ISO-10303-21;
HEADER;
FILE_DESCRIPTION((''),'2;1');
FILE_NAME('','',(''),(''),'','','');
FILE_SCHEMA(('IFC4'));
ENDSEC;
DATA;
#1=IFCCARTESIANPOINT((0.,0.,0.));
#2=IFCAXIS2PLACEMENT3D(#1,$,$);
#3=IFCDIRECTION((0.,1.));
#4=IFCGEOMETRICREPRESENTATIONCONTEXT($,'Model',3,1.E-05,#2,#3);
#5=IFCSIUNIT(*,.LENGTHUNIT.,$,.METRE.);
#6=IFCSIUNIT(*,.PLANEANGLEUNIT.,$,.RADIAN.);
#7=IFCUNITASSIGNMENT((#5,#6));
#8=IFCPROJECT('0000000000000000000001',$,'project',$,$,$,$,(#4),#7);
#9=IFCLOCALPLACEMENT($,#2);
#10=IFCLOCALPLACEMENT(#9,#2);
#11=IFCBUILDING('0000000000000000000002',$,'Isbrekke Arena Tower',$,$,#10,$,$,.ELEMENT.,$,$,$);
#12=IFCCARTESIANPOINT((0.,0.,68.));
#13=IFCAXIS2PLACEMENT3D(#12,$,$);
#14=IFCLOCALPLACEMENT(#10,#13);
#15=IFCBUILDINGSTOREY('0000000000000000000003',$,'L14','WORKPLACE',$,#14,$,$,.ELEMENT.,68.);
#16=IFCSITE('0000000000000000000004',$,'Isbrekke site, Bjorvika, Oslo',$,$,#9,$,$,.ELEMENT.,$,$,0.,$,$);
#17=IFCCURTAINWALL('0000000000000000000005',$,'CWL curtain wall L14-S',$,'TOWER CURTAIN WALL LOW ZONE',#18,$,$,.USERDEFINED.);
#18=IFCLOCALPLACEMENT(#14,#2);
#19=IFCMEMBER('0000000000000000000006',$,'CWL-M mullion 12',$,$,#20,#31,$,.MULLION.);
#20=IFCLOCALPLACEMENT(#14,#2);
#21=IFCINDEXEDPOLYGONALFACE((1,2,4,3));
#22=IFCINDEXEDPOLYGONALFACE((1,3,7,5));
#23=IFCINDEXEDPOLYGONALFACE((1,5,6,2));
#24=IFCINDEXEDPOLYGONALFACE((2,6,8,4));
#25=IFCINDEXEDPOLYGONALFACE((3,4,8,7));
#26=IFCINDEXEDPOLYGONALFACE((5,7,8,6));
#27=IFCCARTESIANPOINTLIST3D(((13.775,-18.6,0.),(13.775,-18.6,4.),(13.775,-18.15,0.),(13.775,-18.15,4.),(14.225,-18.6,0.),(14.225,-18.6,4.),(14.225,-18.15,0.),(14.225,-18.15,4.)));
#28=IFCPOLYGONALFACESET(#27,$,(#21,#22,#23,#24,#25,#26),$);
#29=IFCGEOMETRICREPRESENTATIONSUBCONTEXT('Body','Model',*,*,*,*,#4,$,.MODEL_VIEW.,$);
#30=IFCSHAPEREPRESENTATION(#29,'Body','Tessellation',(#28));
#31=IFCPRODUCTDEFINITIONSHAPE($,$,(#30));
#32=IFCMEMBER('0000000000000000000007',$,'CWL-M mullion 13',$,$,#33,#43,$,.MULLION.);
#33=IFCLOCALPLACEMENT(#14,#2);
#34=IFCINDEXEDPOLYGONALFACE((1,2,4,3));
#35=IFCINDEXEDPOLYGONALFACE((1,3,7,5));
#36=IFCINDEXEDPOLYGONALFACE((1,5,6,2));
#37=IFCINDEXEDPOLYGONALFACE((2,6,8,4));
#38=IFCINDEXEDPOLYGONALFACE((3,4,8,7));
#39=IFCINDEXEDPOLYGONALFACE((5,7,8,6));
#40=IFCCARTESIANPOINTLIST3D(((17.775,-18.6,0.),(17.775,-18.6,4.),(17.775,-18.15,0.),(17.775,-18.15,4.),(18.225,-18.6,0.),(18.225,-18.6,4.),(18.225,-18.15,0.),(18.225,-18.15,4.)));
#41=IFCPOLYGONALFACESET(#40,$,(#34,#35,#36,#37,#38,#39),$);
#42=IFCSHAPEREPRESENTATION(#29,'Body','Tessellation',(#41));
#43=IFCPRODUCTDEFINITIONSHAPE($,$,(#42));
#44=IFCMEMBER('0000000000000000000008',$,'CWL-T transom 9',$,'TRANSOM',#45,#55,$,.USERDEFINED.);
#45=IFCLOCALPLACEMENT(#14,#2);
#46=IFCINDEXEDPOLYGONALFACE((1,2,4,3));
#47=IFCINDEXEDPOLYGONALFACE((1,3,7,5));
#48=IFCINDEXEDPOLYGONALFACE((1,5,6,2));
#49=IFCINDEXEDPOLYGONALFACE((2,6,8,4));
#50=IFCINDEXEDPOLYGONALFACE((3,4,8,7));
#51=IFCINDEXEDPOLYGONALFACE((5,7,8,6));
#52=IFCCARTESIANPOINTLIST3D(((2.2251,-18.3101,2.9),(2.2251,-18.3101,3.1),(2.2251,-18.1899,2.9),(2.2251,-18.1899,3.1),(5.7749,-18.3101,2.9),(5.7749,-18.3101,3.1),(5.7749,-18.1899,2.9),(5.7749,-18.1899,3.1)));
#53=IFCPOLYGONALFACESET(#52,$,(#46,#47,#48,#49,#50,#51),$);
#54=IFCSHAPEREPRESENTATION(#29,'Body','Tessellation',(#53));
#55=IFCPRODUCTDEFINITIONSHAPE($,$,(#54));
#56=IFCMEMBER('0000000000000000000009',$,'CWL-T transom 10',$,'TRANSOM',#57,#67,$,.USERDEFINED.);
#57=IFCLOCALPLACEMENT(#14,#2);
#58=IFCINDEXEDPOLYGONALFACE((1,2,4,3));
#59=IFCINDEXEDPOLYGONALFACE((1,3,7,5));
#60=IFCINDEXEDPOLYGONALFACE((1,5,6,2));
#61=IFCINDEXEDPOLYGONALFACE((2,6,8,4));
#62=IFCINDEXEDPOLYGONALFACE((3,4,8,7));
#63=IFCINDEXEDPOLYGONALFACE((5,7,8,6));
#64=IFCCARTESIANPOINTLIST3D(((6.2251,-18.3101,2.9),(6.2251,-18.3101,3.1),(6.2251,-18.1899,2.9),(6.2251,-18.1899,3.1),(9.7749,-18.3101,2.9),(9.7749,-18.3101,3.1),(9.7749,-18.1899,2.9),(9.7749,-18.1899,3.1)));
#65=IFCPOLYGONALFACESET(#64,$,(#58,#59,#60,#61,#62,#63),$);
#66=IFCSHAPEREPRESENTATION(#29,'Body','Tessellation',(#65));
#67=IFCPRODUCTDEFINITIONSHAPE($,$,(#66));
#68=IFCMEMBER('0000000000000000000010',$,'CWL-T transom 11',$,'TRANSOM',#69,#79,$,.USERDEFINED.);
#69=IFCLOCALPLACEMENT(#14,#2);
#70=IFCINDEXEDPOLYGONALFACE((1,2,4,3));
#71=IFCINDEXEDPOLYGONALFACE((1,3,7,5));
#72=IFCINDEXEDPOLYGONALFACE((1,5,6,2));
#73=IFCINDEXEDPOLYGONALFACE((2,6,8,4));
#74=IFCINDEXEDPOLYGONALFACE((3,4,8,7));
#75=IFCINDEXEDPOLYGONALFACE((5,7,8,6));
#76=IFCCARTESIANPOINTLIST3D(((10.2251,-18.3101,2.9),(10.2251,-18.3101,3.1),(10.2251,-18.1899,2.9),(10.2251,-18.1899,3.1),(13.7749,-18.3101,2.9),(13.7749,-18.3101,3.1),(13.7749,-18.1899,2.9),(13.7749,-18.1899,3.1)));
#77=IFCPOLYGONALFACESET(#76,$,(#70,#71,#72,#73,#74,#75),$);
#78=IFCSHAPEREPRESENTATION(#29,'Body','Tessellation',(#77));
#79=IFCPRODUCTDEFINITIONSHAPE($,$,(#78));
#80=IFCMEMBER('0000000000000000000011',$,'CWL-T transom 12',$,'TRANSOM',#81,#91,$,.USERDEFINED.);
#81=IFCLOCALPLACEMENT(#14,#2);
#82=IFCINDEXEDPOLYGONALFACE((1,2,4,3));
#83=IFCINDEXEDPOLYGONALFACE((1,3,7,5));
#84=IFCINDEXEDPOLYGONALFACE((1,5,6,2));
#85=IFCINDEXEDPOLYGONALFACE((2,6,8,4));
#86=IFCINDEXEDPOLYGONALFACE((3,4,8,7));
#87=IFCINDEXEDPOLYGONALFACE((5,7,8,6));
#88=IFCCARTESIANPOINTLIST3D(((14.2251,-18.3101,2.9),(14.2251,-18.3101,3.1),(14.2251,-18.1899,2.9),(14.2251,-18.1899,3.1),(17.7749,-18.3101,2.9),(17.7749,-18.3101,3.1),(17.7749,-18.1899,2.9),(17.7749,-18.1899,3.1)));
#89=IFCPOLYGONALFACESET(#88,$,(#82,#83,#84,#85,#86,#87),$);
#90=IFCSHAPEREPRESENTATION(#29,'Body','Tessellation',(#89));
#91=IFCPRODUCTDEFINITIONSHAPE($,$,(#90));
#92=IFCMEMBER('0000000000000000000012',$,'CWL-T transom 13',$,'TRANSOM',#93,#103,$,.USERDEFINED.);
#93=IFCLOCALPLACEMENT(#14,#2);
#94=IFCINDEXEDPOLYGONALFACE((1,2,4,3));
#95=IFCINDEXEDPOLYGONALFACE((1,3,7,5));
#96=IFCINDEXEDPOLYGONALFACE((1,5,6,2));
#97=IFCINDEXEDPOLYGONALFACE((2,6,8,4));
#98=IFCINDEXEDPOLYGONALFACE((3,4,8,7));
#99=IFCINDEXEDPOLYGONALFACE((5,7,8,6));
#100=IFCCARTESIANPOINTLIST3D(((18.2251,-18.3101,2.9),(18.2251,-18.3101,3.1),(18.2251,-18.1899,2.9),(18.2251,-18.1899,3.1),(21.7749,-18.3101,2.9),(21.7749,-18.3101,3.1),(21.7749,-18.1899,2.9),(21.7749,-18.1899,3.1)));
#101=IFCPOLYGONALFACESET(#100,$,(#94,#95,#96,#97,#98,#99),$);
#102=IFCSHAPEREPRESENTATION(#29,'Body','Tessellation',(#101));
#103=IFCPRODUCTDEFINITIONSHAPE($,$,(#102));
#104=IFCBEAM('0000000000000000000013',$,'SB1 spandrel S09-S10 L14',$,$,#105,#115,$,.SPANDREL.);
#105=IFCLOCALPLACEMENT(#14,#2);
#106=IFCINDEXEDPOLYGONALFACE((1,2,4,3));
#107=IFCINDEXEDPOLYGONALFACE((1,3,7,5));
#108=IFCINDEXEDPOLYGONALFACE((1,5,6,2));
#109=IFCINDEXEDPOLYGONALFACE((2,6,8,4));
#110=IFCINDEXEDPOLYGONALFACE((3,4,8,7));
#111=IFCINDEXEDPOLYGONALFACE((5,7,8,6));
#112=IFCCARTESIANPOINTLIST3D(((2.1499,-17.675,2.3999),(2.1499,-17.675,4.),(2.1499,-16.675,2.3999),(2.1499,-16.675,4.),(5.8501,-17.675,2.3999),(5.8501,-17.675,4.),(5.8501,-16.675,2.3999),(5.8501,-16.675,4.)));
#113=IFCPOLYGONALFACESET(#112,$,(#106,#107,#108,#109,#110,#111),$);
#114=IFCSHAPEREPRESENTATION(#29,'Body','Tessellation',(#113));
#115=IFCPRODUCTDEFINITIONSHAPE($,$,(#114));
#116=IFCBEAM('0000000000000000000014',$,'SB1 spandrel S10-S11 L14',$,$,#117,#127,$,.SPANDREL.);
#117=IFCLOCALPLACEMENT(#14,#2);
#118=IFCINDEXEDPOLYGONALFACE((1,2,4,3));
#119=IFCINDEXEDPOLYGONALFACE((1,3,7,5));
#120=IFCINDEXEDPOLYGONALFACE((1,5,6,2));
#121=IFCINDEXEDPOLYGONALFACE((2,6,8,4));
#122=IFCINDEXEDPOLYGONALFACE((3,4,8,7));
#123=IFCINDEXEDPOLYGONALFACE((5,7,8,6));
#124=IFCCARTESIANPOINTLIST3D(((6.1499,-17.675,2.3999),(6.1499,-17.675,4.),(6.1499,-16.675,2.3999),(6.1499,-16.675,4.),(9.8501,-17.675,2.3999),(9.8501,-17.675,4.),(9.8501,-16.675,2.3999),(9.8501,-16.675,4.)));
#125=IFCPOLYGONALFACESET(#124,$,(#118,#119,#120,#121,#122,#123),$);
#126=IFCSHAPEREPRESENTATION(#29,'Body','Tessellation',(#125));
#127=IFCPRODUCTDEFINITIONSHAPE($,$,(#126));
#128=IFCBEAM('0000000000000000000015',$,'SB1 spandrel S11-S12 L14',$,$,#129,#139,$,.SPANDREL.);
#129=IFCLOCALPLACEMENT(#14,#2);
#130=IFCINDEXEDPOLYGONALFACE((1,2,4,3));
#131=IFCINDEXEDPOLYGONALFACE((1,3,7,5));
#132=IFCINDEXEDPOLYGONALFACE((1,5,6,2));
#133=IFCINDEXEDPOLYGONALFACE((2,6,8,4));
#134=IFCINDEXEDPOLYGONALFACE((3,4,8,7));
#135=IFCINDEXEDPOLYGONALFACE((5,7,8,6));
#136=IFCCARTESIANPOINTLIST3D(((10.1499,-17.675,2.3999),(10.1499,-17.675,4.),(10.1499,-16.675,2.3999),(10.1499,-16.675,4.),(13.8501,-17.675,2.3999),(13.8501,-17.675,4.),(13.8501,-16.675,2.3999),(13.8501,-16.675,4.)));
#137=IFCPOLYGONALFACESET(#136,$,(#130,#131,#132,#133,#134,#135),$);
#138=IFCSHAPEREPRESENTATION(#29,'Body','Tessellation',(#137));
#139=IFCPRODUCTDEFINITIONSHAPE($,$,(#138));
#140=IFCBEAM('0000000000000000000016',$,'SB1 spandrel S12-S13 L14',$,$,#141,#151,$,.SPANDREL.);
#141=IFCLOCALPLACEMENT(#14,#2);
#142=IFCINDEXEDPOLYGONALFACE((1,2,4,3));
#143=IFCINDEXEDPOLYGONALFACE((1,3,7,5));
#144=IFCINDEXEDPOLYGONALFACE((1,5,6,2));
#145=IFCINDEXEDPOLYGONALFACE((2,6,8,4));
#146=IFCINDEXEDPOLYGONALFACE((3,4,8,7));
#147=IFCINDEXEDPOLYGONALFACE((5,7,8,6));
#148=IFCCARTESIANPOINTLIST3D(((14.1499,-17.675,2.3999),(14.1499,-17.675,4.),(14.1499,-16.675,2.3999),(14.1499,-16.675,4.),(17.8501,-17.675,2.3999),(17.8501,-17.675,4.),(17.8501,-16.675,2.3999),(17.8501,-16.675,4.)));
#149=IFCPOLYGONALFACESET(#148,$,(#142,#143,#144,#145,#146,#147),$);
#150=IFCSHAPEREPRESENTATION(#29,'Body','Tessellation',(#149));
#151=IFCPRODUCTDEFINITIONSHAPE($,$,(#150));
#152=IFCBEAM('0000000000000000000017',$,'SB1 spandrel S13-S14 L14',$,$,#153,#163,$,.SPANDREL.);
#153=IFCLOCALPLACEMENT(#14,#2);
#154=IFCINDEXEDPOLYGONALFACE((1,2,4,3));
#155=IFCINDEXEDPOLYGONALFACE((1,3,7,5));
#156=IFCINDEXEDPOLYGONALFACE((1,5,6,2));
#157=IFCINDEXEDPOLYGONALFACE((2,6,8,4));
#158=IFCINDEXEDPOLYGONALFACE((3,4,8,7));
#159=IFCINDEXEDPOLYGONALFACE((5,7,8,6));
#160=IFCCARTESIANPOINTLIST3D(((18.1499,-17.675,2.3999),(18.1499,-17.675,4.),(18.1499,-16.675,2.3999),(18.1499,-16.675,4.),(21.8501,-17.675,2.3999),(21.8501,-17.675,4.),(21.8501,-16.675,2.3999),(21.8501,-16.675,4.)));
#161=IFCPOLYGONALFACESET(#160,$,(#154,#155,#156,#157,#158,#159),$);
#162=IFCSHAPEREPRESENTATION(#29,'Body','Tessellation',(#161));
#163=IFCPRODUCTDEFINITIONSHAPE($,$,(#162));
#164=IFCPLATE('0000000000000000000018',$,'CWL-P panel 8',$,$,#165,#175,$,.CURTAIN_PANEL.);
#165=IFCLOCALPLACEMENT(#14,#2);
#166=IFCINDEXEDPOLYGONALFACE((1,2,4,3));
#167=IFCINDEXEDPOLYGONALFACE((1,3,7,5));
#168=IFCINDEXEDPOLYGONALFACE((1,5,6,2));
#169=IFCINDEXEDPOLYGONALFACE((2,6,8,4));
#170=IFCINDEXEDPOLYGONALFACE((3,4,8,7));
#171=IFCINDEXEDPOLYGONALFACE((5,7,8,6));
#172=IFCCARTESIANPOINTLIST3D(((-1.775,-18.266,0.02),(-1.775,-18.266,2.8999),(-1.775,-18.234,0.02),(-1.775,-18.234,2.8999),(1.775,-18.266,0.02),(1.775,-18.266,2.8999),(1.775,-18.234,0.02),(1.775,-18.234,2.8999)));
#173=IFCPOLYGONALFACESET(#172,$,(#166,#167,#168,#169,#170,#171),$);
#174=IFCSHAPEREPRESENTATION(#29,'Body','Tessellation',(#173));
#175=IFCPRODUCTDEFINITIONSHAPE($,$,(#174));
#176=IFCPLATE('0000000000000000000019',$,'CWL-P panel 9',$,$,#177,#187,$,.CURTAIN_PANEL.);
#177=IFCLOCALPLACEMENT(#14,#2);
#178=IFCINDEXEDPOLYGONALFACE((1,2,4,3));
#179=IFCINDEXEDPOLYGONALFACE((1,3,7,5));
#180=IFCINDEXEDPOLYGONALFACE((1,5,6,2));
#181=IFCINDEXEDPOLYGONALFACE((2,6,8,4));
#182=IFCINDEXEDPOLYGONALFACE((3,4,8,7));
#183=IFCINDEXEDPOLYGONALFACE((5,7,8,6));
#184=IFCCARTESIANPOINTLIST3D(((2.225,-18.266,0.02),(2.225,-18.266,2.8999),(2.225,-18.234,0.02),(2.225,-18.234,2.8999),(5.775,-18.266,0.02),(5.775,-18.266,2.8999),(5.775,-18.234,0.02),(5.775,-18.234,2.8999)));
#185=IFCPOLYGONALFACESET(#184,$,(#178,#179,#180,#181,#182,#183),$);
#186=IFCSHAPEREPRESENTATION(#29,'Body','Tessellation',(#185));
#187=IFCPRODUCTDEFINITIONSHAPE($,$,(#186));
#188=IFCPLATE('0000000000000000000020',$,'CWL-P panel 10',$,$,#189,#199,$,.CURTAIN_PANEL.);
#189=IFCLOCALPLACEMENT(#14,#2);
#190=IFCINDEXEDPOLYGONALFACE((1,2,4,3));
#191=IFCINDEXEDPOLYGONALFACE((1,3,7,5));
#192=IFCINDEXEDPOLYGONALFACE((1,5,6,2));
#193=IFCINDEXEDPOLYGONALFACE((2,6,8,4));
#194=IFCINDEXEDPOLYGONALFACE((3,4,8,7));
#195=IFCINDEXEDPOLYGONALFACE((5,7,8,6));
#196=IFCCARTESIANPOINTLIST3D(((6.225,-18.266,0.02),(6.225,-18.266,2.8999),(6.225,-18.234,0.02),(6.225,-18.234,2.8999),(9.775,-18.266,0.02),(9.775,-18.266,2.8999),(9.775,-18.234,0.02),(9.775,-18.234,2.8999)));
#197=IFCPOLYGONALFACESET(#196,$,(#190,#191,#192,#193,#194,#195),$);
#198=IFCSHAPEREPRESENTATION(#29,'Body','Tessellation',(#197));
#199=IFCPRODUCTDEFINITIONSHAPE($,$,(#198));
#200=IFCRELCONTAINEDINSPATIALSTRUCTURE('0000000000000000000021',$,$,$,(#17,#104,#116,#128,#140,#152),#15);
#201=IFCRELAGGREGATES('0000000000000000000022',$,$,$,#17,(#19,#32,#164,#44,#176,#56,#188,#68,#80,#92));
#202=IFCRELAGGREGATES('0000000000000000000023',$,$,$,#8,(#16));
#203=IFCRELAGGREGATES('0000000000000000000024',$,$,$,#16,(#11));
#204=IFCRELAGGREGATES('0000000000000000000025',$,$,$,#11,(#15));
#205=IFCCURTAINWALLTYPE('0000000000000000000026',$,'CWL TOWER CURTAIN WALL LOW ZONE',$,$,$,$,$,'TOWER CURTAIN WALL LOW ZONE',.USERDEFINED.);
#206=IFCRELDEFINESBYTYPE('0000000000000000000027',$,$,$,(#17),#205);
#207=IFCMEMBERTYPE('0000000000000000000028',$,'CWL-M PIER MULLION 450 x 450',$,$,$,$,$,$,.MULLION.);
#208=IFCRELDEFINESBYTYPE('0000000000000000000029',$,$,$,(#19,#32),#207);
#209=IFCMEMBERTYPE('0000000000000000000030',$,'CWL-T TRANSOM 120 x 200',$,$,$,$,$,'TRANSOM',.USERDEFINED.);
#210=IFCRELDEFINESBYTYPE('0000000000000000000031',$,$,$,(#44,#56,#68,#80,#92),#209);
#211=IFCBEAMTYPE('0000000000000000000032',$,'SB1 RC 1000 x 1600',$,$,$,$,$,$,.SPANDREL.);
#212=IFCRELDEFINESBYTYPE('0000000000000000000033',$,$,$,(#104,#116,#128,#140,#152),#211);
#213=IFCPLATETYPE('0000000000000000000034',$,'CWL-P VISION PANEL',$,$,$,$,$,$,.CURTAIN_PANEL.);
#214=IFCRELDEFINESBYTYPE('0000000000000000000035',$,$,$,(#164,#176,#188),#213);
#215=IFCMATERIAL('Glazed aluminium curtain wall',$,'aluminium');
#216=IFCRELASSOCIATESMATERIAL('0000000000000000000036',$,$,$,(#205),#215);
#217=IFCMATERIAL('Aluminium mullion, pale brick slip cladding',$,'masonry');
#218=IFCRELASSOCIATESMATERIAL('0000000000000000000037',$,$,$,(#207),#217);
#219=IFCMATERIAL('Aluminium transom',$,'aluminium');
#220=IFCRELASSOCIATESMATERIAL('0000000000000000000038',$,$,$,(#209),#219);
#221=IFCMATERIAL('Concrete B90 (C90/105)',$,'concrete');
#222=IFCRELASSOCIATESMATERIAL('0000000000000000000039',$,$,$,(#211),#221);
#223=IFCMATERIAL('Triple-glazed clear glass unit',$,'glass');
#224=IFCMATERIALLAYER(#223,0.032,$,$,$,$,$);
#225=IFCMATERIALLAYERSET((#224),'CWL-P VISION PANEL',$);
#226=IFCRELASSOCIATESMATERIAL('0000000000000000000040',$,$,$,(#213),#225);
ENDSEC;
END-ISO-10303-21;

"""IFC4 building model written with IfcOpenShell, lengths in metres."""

from ifc_helpers import new_model, si_unit, direction, frame, origin, origin_2d, place, context, subcontext, project, spatial, rectangle, extrude, material, layer, layer_set, material_profile, profile_set, type_object, element, aggregate, save


model = new_model("IFC4")

# Units and contexts
model_context = context("Model", 3, precision=1e-05, world=origin(), true_north=direction((0.0, 1.0)))
body_context = subcontext(model_context, "Body", "Model", "MODEL_VIEW")
ifc_project = project(units=[si_unit("LENGTHUNIT", "METRE"), si_unit("PLANEANGLEUNIT", "RADIAN")], contexts=[model_context])

# Site, building, storey
site_placement = place(None, origin())
site = spatial("IfcSite", under=ifc_project, at=site_placement, Name="Isbrekke site, Bjorvika, Oslo", CompositionType="ELEMENT", RefElevation=0.0)
building_placement = place(site_placement, origin())
building = spatial("IfcBuilding", under=site, at=building_placement, Name="Isbrekke Arena Tower", CompositionType="ELEMENT")
storey_placement = place(building_placement, frame((0.0, 0.0, 68.0)))
storey = spatial("IfcBuildingStorey", under=building, at=storey_placement, Name="L14", Description="WORKPLACE", CompositionType="ELEMENT", Elevation=68.0)

# Curtain wall, members
ifc_material_1 = material(Name="Glazed aluminium curtain wall", Category="aluminium")
curtain_wall_type = type_object("IfcCurtainWallType", Name="CWL TOWER CURTAIN WALL LOW ZONE", ElementType="TOWER CURTAIN WALL LOW ZONE", PredefinedType="USERDEFINED", material=ifc_material_1)
curtain_wall_placement = place(storey_placement, origin())
curtain_wall = element("IfcCurtainWall", 1, at=curtain_wall_placement, inside=storey, type_object=curtain_wall_type, Name="CWL curtain wall L14-S", ObjectType="TOWER CURTAIN WALL LOW ZONE", PredefinedType="USERDEFINED")
ifc_material_2 = material(Name="Aluminium mullion, pale brick slip cladding", Category="masonry")
ifc_material_profile_1 = material_profile(ifc_material_2, rectangle(XDim=0.45, YDim=0.45, at=origin_2d()), Name="PIER 450X450")
ifc_profile_set_1 = profile_set([ifc_material_profile_1], Name="Aluminium mullion, pale brick slip cladding")
member_type_1 = type_object("IfcMemberType", Name="CWL-M PIER MULLION 450 x 450", PredefinedType="MULLION", material=ifc_profile_set_1)
member_1_placement = place(storey_placement, frame((14.0, -18.375, 0.0), z_axis=(0.0, 0.0, 1.0), x_axis=(1.0, 0.0, 0.0)))
member_1 = element("IfcMember", 2, at=member_1_placement, type_object=member_type_1, Name="CWL-M mullion 12", PredefinedType="MULLION", context=body_context, shape_type="SweptSolid", body=[
    extrude(rectangle(XDim=0.45, YDim=0.45, at=origin_2d()), origin(), (0.0, 0.0, 1.0), 4.0),
])
member_2_placement = place(storey_placement, frame((18.0, -18.375, 0.0), z_axis=(0.0, 0.0, 1.0), x_axis=(1.0, 0.0, 0.0)))
member_2 = element("IfcMember", 3, at=member_2_placement, type_object=member_type_1, Name="CWL-M mullion 13", PredefinedType="MULLION", context=body_context, shape_type="SweptSolid", body=[
    extrude(rectangle(XDim=0.45, YDim=0.45, at=origin_2d()), origin(), (0.0, 0.0, 1.0), 4.0),
])
ifc_material_3 = material(Name="Aluminium transom", Category="aluminium")
ifc_material_profile_2 = material_profile(ifc_material_3, rectangle(XDim=0.1201, YDim=0.2, at=origin_2d()), Name="TRANSOM 120X200")
ifc_profile_set_2 = profile_set([ifc_material_profile_2], Name="Aluminium transom")
member_type_2 = type_object("IfcMemberType", Name="CWL-T TRANSOM 120 x 200", ElementType="TRANSOM", PredefinedType="USERDEFINED", material=ifc_profile_set_2)
member_3_placement = place(storey_placement, frame((2.2251, -18.25, 3.0), z_axis=(1.0, 0.0, 0.0), x_axis=(0.0, 1.0, 0.0)))
member_3 = element("IfcMember", 4, at=member_3_placement, type_object=member_type_2, Name="CWL-T transom 9", ObjectType="TRANSOM", PredefinedType="USERDEFINED", context=body_context, shape_type="SweptSolid", body=[
    extrude(rectangle(XDim=0.1201, YDim=0.2, at=origin_2d()), origin(), (0.0, 0.0, 1.0), 3.5498),
])
member_4_placement = place(storey_placement, frame((6.2251, -18.25, 3.0), z_axis=(1.0, 0.0, 0.0), x_axis=(0.0, 1.0, 0.0)))
member_4 = element("IfcMember", 5, at=member_4_placement, type_object=member_type_2, Name="CWL-T transom 10", ObjectType="TRANSOM", PredefinedType="USERDEFINED", context=body_context, shape_type="SweptSolid", body=[
    extrude(rectangle(XDim=0.1201, YDim=0.2, at=origin_2d()), origin(), (0.0, 0.0, 1.0), 3.5498),
])
member_5_placement = place(storey_placement, frame((10.2251, -18.25, 3.0), z_axis=(1.0, 0.0, 0.0), x_axis=(0.0, 1.0, 0.0)))
member_5 = element("IfcMember", 6, at=member_5_placement, type_object=member_type_2, Name="CWL-T transom 11", ObjectType="TRANSOM", PredefinedType="USERDEFINED", context=body_context, shape_type="SweptSolid", body=[
    extrude(rectangle(XDim=0.1201, YDim=0.2, at=origin_2d()), origin(), (0.0, 0.0, 1.0), 3.5498),
])
member_6_placement = place(storey_placement, frame((14.2251, -18.25, 3.0), z_axis=(1.0, 0.0, 0.0), x_axis=(0.0, 1.0, 0.0)))
member_6 = element("IfcMember", 7, at=member_6_placement, type_object=member_type_2, Name="CWL-T transom 12", ObjectType="TRANSOM", PredefinedType="USERDEFINED", context=body_context, shape_type="SweptSolid", body=[
    extrude(rectangle(XDim=0.1201, YDim=0.2, at=origin_2d()), origin(), (0.0, 0.0, 1.0), 3.5498),
])
member_7_placement = place(storey_placement, frame((18.2251, -18.25, 3.0), z_axis=(1.0, 0.0, 0.0), x_axis=(0.0, 1.0, 0.0)))
member_7 = element("IfcMember", 8, at=member_7_placement, type_object=member_type_2, Name="CWL-T transom 13", ObjectType="TRANSOM", PredefinedType="USERDEFINED", context=body_context, shape_type="SweptSolid", body=[
    extrude(rectangle(XDim=0.1201, YDim=0.2, at=origin_2d()), origin(), (0.0, 0.0, 1.0), 3.5498),
])

# Beams
ifc_material_4 = material(Name="Concrete B90 (C90/105)", Category="concrete")
ifc_material_profile_3 = material_profile(ifc_material_4, rectangle(XDim=1.0, YDim=1.6001, at=origin_2d()), Name="RC 1000x1600")
ifc_profile_set_3 = profile_set([ifc_material_profile_3], Name="Concrete B90 (C90/105)")
beam_type_1 = type_object("IfcBeamType", Name="SB1 RC 1000 x 1600", PredefinedType="SPANDREL", material=ifc_profile_set_3)
for number, where, z_axis, x_axis, name in (
    (9, (2.1499, -17.175, 3.2), (1.0, 0.0, 0.0), (0.0, 1.0, 0.0), "SB1 spandrel S09-S10 L14"),
    (10, (6.1499, -17.175, 3.2), (1.0, 0.0, 0.0), (0.0, 1.0, 0.0), "SB1 spandrel S10-S11 L14"),
    (11, (10.1499, -17.175, 3.2), (1.0, 0.0, 0.0), (0.0, 1.0, 0.0), "SB1 spandrel S11-S12 L14"),
    (12, (14.1499, -17.175, 3.2), (1.0, 0.0, 0.0), (0.0, 1.0, 0.0), "SB1 spandrel S12-S13 L14"),
    (13, (18.1499, -17.175, 3.2), (1.0, 0.0, 0.0), (0.0, 1.0, 0.0), "SB1 spandrel S13-S14 L14"),
):
    element("IfcBeam", number, at=place(storey_placement, frame(where, z_axis=z_axis, x_axis=x_axis)), inside=storey, type_object=beam_type_1, Name=name, PredefinedType="SPANDREL", context=body_context, shape_type="SweptSolid", body=[
        extrude(rectangle(XDim=1.0, YDim=1.6001, at=origin_2d()), origin(), (0.0, 0.0, 1.0), 3.7002),
    ])

# Plates
ifc_material_5 = material(Name="Triple-glazed clear glass unit", Category="glass")
ifc_layer = layer(ifc_material_5, 0.032)
ifc_layer_set = layer_set([ifc_layer], Name="CWL-P VISION PANEL")
plate_type = type_object("IfcPlateType", Name="CWL-P VISION PANEL", PredefinedType="CURTAIN_PANEL", material=ifc_layer_set)
plate_1_placement = place(storey_placement, frame((0.0, -18.25, 0.02), z_axis=(0.0, 0.0, 1.0), x_axis=(1.0, 0.0, 0.0)))
plate_1 = element("IfcPlate", 14, at=plate_1_placement, type_object=plate_type, Name="CWL-P panel 8", PredefinedType="CURTAIN_PANEL", context=body_context, shape_type="SweptSolid", body=[
    extrude(rectangle(XDim=3.55, YDim=0.032, at=origin_2d()), origin(), (0.0, 0.0, 1.0), 2.8799),
])
plate_2_placement = place(storey_placement, frame((4.0, -18.25, 0.02), z_axis=(0.0, 0.0, 1.0), x_axis=(1.0, 0.0, 0.0)))
plate_2 = element("IfcPlate", 15, at=plate_2_placement, type_object=plate_type, Name="CWL-P panel 9", PredefinedType="CURTAIN_PANEL", context=body_context, shape_type="SweptSolid", body=[
    extrude(rectangle(XDim=3.55, YDim=0.032, at=origin_2d()), origin(), (0.0, 0.0, 1.0), 2.8799),
])
plate_3_placement = place(storey_placement, frame((8.0, -18.25, 0.02), z_axis=(0.0, 0.0, 1.0), x_axis=(1.0, 0.0, 0.0)))
plate_3 = element("IfcPlate", 16, at=plate_3_placement, type_object=plate_type, Name="CWL-P panel 10", PredefinedType="CURTAIN_PANEL", context=body_context, shape_type="SweptSolid", body=[
    extrude(rectangle(XDim=3.55, YDim=0.032, at=origin_2d()), origin(), (0.0, 0.0, 1.0), 2.8799),
])
aggregate(curtain_wall, [member_1, member_2, plate_1, member_3, plate_2, member_4, plate_3, member_5, member_6, member_7])

save(model, "model.ifc")
